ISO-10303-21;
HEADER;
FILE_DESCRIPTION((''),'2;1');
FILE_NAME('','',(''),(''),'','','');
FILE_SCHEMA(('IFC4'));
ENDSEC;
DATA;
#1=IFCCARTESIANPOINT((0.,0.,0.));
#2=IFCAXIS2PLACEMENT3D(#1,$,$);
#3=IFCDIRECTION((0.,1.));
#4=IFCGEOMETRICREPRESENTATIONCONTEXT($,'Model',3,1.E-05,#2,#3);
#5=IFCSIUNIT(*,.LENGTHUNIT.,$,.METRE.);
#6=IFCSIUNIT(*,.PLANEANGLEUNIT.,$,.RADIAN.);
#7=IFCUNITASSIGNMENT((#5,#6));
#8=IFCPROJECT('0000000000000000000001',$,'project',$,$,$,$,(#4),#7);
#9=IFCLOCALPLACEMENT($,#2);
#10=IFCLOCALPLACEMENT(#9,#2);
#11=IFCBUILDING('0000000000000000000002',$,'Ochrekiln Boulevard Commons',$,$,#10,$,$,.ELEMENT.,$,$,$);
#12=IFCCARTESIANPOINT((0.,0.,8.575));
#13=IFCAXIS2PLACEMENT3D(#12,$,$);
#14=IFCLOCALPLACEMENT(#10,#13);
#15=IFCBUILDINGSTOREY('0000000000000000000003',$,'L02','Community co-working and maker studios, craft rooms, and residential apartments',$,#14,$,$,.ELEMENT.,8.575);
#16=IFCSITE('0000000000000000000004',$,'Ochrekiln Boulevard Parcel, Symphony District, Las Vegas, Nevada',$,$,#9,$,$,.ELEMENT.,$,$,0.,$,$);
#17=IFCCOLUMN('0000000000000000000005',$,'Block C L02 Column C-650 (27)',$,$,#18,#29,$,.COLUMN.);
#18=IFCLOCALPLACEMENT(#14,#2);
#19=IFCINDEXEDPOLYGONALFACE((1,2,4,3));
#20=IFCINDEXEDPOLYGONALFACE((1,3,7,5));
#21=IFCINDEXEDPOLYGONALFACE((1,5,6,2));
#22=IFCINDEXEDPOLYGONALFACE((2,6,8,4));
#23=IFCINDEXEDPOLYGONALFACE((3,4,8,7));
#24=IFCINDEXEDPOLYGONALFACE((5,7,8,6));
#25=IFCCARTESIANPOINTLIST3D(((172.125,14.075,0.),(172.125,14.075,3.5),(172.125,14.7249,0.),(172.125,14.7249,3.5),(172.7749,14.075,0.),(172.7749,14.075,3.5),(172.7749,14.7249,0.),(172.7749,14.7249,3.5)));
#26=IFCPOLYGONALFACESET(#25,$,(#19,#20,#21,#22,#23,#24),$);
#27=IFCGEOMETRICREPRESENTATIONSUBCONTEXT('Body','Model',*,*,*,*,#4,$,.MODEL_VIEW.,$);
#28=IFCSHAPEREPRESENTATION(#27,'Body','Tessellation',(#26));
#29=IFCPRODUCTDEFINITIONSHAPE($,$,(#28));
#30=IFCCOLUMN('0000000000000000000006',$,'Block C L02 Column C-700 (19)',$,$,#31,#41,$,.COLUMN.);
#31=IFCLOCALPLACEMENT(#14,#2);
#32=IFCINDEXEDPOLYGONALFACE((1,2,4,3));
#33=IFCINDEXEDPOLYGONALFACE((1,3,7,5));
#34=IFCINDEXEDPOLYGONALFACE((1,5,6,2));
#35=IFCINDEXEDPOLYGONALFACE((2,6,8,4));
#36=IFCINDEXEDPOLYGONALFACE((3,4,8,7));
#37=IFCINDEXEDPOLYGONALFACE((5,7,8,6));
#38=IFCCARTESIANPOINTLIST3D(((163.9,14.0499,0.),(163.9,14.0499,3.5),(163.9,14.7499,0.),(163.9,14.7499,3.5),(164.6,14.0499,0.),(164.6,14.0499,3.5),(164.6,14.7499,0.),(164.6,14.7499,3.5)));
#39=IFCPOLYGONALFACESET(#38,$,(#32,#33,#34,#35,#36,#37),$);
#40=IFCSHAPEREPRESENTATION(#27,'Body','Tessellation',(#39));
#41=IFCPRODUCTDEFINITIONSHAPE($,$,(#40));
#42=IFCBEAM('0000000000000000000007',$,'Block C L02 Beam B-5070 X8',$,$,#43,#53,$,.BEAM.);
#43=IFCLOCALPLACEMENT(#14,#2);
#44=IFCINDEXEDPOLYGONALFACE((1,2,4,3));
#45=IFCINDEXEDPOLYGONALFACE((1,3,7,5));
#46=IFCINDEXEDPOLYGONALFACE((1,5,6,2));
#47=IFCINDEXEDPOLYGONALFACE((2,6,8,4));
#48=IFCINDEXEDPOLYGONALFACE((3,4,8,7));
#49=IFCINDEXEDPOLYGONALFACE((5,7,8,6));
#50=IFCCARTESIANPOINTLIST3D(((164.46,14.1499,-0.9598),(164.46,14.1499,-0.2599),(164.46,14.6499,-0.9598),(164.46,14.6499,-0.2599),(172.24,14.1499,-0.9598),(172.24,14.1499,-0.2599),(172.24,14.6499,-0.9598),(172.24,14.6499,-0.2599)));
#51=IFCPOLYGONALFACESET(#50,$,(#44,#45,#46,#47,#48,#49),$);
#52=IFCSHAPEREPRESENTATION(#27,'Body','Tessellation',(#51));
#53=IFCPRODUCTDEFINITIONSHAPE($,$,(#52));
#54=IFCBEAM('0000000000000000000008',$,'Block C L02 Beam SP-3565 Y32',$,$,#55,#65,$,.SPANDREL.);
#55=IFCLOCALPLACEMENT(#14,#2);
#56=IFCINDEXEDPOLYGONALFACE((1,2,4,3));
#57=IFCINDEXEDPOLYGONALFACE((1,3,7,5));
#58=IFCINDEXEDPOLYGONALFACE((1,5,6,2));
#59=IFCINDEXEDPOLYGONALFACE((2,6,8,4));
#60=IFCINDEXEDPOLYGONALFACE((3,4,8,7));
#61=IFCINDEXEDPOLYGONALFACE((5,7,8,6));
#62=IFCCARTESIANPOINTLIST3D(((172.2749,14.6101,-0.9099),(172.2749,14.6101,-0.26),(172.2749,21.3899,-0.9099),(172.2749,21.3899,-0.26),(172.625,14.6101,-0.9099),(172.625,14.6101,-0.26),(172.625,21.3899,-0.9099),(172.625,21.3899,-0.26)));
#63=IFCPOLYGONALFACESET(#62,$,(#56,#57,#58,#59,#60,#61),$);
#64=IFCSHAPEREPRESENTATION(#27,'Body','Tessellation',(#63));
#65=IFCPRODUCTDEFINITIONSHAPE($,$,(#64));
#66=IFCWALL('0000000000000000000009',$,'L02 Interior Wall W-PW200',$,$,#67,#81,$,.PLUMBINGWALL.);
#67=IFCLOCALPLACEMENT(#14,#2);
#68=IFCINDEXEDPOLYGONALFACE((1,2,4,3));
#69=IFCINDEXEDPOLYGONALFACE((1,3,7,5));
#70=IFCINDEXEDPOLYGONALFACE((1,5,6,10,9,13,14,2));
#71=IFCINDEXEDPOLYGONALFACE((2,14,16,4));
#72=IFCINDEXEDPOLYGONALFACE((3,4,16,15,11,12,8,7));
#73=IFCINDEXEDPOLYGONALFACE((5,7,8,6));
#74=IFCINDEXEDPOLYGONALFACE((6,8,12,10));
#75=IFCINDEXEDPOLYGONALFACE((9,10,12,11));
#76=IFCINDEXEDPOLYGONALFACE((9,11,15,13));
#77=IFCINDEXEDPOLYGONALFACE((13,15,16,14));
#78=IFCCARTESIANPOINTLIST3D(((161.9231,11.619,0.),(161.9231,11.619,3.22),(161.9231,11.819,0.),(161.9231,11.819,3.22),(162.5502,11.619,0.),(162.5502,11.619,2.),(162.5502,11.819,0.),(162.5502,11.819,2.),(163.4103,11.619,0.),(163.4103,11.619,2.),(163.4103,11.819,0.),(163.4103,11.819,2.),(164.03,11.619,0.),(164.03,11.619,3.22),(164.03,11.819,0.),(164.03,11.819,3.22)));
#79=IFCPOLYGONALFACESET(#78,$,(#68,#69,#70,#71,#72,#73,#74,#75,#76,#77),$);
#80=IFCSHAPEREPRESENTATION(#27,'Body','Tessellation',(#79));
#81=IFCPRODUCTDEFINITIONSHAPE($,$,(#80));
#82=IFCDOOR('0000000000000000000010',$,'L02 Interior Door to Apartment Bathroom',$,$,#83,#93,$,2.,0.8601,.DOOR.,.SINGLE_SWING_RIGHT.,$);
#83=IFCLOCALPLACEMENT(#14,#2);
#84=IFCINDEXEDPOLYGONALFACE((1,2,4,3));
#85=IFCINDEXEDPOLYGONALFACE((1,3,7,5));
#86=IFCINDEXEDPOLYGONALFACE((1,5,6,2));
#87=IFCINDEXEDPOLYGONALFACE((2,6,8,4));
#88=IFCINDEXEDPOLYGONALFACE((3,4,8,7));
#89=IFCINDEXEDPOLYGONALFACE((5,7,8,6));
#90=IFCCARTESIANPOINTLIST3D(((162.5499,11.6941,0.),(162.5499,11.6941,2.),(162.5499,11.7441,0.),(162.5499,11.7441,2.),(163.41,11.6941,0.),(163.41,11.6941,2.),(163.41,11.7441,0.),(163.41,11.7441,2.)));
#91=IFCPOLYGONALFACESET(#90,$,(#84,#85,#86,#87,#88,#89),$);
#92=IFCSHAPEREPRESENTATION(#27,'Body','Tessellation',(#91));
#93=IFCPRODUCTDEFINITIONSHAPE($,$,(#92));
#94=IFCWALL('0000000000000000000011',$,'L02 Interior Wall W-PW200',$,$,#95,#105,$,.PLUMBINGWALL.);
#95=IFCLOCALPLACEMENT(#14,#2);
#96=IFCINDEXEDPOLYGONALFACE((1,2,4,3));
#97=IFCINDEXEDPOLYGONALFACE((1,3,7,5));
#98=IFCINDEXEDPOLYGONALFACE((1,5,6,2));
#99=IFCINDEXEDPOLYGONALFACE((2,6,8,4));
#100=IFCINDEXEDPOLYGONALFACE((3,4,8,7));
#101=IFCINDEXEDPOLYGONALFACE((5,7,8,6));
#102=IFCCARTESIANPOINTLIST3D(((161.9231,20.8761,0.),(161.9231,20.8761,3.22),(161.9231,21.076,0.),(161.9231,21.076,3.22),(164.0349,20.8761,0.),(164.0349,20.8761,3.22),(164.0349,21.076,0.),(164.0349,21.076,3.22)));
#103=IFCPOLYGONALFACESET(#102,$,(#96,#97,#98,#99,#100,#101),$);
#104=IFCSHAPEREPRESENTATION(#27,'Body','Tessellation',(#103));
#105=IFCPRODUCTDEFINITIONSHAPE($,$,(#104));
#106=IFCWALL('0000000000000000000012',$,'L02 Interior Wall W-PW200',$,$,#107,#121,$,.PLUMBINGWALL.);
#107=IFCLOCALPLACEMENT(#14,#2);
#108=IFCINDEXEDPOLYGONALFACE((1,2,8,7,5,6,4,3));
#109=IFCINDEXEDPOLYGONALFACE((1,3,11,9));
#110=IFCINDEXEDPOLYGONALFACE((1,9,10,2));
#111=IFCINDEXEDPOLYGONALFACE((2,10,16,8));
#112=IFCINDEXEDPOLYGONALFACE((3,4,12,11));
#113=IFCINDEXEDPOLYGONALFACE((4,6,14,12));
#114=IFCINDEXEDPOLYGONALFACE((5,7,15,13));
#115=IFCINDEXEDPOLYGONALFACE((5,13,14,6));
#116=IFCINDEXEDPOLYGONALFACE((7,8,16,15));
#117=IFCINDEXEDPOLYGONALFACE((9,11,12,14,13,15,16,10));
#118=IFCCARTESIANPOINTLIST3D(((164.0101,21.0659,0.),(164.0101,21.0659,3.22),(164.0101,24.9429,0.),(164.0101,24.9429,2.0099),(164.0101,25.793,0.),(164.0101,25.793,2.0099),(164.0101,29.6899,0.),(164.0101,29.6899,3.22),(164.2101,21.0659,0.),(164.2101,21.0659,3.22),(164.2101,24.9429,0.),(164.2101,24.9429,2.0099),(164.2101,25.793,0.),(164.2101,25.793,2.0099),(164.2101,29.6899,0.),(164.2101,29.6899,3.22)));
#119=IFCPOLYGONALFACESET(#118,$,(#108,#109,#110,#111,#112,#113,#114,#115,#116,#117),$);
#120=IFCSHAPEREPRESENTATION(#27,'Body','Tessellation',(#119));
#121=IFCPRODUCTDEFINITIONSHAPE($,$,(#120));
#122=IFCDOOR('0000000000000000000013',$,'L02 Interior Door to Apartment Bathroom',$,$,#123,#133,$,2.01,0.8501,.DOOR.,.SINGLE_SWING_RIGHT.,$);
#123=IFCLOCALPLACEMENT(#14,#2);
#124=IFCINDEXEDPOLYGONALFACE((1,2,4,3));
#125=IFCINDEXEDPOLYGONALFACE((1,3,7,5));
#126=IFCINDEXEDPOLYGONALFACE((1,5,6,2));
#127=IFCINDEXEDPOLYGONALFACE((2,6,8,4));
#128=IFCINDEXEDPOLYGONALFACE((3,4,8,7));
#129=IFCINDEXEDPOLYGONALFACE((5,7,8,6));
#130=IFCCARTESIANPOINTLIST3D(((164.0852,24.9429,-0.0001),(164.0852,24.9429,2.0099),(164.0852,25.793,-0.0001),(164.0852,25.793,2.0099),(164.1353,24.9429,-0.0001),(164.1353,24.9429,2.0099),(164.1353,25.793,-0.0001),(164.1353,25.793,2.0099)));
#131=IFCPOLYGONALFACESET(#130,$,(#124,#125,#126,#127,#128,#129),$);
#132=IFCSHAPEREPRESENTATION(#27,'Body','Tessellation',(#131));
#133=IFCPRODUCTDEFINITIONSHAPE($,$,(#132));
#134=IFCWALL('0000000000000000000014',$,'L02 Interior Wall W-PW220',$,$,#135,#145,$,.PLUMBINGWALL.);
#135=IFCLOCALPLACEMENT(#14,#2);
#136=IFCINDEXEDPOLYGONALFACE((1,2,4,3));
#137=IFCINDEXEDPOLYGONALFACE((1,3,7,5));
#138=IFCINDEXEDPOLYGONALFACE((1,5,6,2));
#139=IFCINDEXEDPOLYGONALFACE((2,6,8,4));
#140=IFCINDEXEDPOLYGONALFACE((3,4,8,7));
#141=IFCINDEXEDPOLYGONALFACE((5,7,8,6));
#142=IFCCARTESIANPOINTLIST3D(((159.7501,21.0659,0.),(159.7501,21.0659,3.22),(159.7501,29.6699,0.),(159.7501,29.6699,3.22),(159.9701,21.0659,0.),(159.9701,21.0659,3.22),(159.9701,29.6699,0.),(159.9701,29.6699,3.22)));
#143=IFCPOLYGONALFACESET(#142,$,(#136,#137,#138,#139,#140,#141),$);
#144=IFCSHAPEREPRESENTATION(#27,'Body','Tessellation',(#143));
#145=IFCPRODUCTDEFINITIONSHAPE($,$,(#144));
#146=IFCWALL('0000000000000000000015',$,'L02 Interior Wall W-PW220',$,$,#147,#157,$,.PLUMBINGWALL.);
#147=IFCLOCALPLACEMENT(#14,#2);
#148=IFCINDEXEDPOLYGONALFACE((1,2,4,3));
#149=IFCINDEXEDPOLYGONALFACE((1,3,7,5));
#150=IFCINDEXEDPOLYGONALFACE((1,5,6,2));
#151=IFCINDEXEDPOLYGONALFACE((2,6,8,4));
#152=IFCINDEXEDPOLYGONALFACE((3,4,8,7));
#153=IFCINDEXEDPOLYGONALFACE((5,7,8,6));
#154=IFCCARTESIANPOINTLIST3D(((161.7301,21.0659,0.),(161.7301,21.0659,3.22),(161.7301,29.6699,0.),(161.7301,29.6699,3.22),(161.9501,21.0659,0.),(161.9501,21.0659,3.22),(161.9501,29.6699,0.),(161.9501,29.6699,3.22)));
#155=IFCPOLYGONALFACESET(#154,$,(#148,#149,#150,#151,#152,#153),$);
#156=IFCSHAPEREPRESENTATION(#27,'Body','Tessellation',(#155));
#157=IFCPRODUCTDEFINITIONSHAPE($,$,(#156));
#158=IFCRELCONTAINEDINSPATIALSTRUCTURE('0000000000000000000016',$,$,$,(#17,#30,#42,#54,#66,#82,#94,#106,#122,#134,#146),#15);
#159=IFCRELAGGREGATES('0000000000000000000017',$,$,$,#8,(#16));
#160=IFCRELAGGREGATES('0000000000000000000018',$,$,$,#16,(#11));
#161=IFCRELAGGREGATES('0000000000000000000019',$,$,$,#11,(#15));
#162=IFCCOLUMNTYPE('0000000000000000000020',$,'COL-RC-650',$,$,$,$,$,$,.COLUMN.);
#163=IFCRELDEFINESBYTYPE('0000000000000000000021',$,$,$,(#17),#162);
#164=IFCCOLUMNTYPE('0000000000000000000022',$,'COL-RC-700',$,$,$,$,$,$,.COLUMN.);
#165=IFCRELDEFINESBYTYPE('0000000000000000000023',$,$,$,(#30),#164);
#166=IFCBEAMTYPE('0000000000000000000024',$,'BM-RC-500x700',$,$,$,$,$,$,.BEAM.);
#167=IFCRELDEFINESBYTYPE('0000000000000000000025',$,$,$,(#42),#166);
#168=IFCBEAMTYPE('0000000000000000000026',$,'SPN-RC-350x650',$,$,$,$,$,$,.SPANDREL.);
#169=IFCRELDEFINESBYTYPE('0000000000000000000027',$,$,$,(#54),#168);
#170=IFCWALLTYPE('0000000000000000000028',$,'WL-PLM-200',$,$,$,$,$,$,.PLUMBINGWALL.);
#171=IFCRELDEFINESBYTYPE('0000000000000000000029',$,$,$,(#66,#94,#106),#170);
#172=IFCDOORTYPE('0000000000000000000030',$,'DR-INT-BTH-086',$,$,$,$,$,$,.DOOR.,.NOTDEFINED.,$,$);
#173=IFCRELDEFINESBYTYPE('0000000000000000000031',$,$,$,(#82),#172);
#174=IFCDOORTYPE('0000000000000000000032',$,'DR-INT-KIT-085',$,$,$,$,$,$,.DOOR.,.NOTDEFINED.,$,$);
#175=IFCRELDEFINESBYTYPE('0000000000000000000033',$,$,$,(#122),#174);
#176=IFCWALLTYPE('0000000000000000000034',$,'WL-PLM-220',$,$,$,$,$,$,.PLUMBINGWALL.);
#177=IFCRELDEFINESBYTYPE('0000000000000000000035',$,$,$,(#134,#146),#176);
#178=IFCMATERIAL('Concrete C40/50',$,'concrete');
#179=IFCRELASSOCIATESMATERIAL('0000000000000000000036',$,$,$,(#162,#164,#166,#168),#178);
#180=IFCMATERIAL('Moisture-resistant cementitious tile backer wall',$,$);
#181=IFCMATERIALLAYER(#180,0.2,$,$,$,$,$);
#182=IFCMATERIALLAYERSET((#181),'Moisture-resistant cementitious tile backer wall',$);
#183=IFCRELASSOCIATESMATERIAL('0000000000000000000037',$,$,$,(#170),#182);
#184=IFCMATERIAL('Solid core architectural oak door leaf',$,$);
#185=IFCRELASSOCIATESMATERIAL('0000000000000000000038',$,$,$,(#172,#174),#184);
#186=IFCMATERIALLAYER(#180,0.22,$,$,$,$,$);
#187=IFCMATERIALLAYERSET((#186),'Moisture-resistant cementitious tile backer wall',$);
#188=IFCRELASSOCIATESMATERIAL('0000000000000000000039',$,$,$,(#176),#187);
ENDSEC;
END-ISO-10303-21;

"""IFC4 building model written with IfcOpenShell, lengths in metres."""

from ifc_helpers import new_model, si_unit, direction, frame, frame_2d, origin, origin_2d, place, context, subcontext, project, spatial, rectangle, extrude, material, layer, layer_set, material_profile, profile_set, type_object, element, fill, save


model = new_model("IFC4")

# Units and contexts
model_context = context("Model", 3, precision=1e-05, world=origin(), true_north=direction((0.0, 1.0)))
body_context = subcontext(model_context, "Body", "Model", "MODEL_VIEW")
ifc_project = project(units=[si_unit("LENGTHUNIT", "METRE"), si_unit("PLANEANGLEUNIT", "RADIAN")], contexts=[model_context])

# Site, building, storey
site_placement = place(None, origin())
site = spatial("IfcSite", under=ifc_project, at=site_placement, Name="Ochrekiln Boulevard Parcel, Symphony District, Las Vegas, Nevada", CompositionType="ELEMENT", RefElevation=0.0)
building_placement = place(site_placement, origin())
building = spatial("IfcBuilding", under=site, at=building_placement, Name="Ochrekiln Boulevard Commons", CompositionType="ELEMENT")
storey_placement = place(building_placement, frame((0.0, 0.0, 8.575)))
storey = spatial("IfcBuildingStorey", under=building, at=storey_placement, Name="L02", Description="Community co-working and maker studios, craft rooms, and residential apartments", CompositionType="ELEMENT", Elevation=8.575)

# Columns
ifc_material_1 = material(Name="Concrete C40/50", Category="concrete")
ifc_material_profile_1 = material_profile(ifc_material_1, rectangle(XDim=0.6499, YDim=0.6499, at=origin_2d()), Name="RC-COL-650x650")
ifc_profile_set_1 = profile_set([ifc_material_profile_1], Name="Concrete C40/50")
column_type_1 = type_object("IfcColumnType", Name="COL-RC-650", PredefinedType="COLUMN", material=ifc_profile_set_1)
column_1_placement = place(storey_placement, frame((172.45, 14.3999, 0.0), z_axis=(0.0, 0.0, 1.0), x_axis=(1.0, 0.0, 0.0)))
element("IfcColumn", 1, at=column_1_placement, inside=storey, type_object=column_type_1, Name="Block C L02 Column C-650 (27)", PredefinedType="COLUMN", context=body_context, shape_type="SweptSolid", body=[
    extrude(rectangle(XDim=0.6499, YDim=0.6499, at=origin_2d()), origin(), (0.0, 0.0, 1.0), 3.5),
])
ifc_material_profile_2 = material_profile(ifc_material_1, rectangle(XDim=0.7, YDim=0.7, at=origin_2d()), Name="RC-COL-700x700")
ifc_profile_set_2 = profile_set([ifc_material_profile_2], Name="Concrete C40/50")
column_type_2 = type_object("IfcColumnType", Name="COL-RC-700", PredefinedType="COLUMN", material=ifc_profile_set_2)
column_2_placement = place(storey_placement, frame((164.25, 14.3999, 0.0), z_axis=(0.0, 0.0, 1.0), x_axis=(1.0, 0.0, 0.0)))
element("IfcColumn", 2, at=column_2_placement, inside=storey, type_object=column_type_2, Name="Block C L02 Column C-700 (19)", PredefinedType="COLUMN", context=body_context, shape_type="SweptSolid", body=[
    extrude(rectangle(XDim=0.7, YDim=0.7, at=origin_2d()), origin(), (0.0, 0.0, 1.0), 3.5),
])

# Beams
ifc_material_profile_3 = material_profile(ifc_material_1, rectangle(XDim=0.5, YDim=0.7, at=origin_2d()), Name="RC-BM-500x700")
ifc_profile_set_3 = profile_set([ifc_material_profile_3], Name="Concrete C40/50")
beam_type_1 = type_object("IfcBeamType", Name="BM-RC-500x700", PredefinedType="BEAM", material=ifc_profile_set_3)
beam_1_placement = place(storey_placement, frame((164.46, 14.3999, -0.6099), z_axis=(1.0, 0.0, 0.0), x_axis=(0.0, 1.0, 0.0)))
element("IfcBeam", 3, at=beam_1_placement, inside=storey, type_object=beam_type_1, Name="Block C L02 Beam B-5070 X8", PredefinedType="BEAM", context=body_context, shape_type="SweptSolid", body=[
    extrude(rectangle(XDim=0.5, YDim=0.7, at=origin_2d()), origin(), (0.0, 0.0, 1.0), 7.78),
])
ifc_material_profile_4 = material_profile(ifc_material_1, rectangle(XDim=0.3501, YDim=0.6499, at=origin_2d()), Name="RC-SPN-350x650")
ifc_profile_set_4 = profile_set([ifc_material_profile_4], Name="Concrete C40/50")
beam_type_2 = type_object("IfcBeamType", Name="SPN-RC-350x650", PredefinedType="SPANDREL", material=ifc_profile_set_4)
beam_2_placement = place(storey_placement, frame((172.45, 14.6101, -0.585), z_axis=(0.0, 1.0, 0.0), x_axis=(-1.0, 0.0, 0.0)))
element("IfcBeam", 4, at=beam_2_placement, inside=storey, type_object=beam_type_2, Name="Block C L02 Beam SP-3565 Y32", PredefinedType="SPANDREL", context=body_context, shape_type="SweptSolid", body=[
    extrude(rectangle(XDim=0.3501, YDim=0.6499, at=origin_2d()), origin(), (0.0, 0.0, 1.0), 6.7798),
])

# Wall, opening, door
ifc_material_2 = material(Name="Moisture-resistant cementitious tile backer wall")
ifc_layer_1 = layer(ifc_material_2, 0.2)
ifc_layer_set_1 = layer_set([ifc_layer_1], Name="Moisture-resistant cementitious tile backer wall")
wall_type_1 = type_object("IfcWallType", Name="WL-PLM-200", PredefinedType="PLUMBINGWALL", material=ifc_layer_set_1)
wall_1_placement = place(storey_placement, frame((161.9231, 11.719, 0.0), z_axis=(0.0, 0.0, 1.0), x_axis=(1.0, 0.0, 0.0)))
wall_1 = element("IfcWall", 5, at=wall_1_placement, inside=storey, type_object=wall_type_1, Name="L02 Interior Wall W-PW200", PredefinedType="PLUMBINGWALL", context=body_context, shape_type="SweptSolid", body=[
    extrude(rectangle(XDim=2.1069, YDim=0.2, at=frame_2d((1.0535, 0.0))), origin(), (0.0, 0.0, 1.0), 3.22),
])
opening_1_placement = place(wall_1_placement, frame((0.627, 0.0, 0.0)))
opening_1 = element("IfcOpeningElement", 6, at=opening_1_placement, cuts=wall_1, PredefinedType="OPENING", context=body_context, shape_type="SweptSolid", body=[
    extrude(rectangle(XDim=0.8601, YDim=2.0, at=frame_2d((0.4302, 1.0))), frame((0.0, 0.1099, 0.0), z_axis=(0.0, -1.0, 0.0), x_axis=(1.0, 0.0, 0.0)), (0.0, 0.0, 1.0), 0.22),
])
ifc_material_3 = material(Name="Solid core architectural oak door leaf")
door_type_1 = type_object("IfcDoorType", Name="DR-INT-BTH-086", OperationType="NOTDEFINED", PredefinedType="DOOR", material=ifc_material_3)
door_1_placement = place(opening_1_placement, frame((0.8601, 0.0, 0.0), z_axis=(0.0, 0.0, 1.0), x_axis=(-1.0, 0.0, 0.0)))
door_1 = element("IfcDoor", 7, at=door_1_placement, inside=storey, type_object=door_type_1, Name="L02 Interior Door to Apartment Bathroom", OperationType="SINGLE_SWING_RIGHT", OverallHeight=2.0, OverallWidth=0.8601, PredefinedType="DOOR", context=body_context, shape_type="SweptSolid", body=[
    extrude(rectangle(XDim=0.8601, YDim=2.0, at=frame_2d((0.4302, 1.0))), frame((0.0, 0.0249, 0.0), z_axis=(0.0, -1.0, 0.0), x_axis=(1.0, 0.0, 0.0)), (0.0, 0.0, 1.0), 0.05),
])
fill(opening_1, door_1)

# Wall
wall_2_placement = place(storey_placement, frame((161.9231, 20.9761, 0.0), z_axis=(0.0, 0.0, 1.0), x_axis=(1.0, 0.0, 0.0)))
element("IfcWall", 8, at=wall_2_placement, inside=storey, type_object=wall_type_1, Name="L02 Interior Wall W-PW200", PredefinedType="PLUMBINGWALL", context=body_context, shape_type="SweptSolid", body=[
    extrude(rectangle(XDim=2.1118, YDim=0.2, at=frame_2d((1.0559, 0.0))), origin(), (0.0, 0.0, 1.0), 3.22),
])

# Wall, opening, door
wall_3_placement = place(storey_placement, frame((164.1101, 21.0659, 0.0), z_axis=(0.0, 0.0, 1.0), x_axis=(0.0, 1.0, 0.0)))
wall_3 = element("IfcWall", 9, at=wall_3_placement, inside=storey, type_object=wall_type_1, Name="L02 Interior Wall W-PW200", PredefinedType="PLUMBINGWALL", context=body_context, shape_type="SweptSolid", body=[
    extrude(rectangle(XDim=8.624, YDim=0.2, at=frame_2d((4.312, 0.0))), origin(), (0.0, 0.0, 1.0), 3.22),
])
opening_2_placement = place(wall_3_placement, frame((3.877, 0.0, 0.0)))
opening_2 = element("IfcOpeningElement", 10, at=opening_2_placement, cuts=wall_3, PredefinedType="OPENING", context=body_context, shape_type="SweptSolid", body=[
    extrude(rectangle(XDim=0.8501, YDim=2.01, at=frame_2d((0.425, 1.0049))), frame((0.0, 0.1099, 0.0), z_axis=(0.0, -1.0, 0.0), x_axis=(1.0, 0.0, 0.0)), (0.0, 0.0, 1.0), 0.22),
])
door_type_2 = type_object("IfcDoorType", Name="DR-INT-KIT-085", OperationType="NOTDEFINED", PredefinedType="DOOR", material=ifc_material_3)
door_2_placement = place(opening_2_placement, origin())
door_2 = element("IfcDoor", 11, at=door_2_placement, inside=storey, type_object=door_type_2, Name="L02 Interior Door to Apartment Bathroom", OperationType="SINGLE_SWING_RIGHT", OverallHeight=2.01, OverallWidth=0.8501, PredefinedType="DOOR", context=body_context, shape_type="SweptSolid", body=[
    extrude(rectangle(XDim=0.8501, YDim=2.01, at=frame_2d((0.425, 1.0049))), frame((0.0, 0.0249, 0.0), z_axis=(0.0, -1.0, 0.0), x_axis=(1.0, 0.0, 0.0)), (0.0, 0.0, 1.0), 0.05),
])
fill(opening_2, door_2)

# Walls
ifc_layer_2 = layer(ifc_material_2, 0.22)
ifc_layer_set_2 = layer_set([ifc_layer_2], Name="Moisture-resistant cementitious tile backer wall")
wall_type_2 = type_object("IfcWallType", Name="WL-PLM-220", PredefinedType="PLUMBINGWALL", material=ifc_layer_set_2)
for number, where, z_axis, x_axis, name in (
    (12, (159.8601, 21.0659, 0.0), (0.0, 0.0, 1.0), (0.0, 1.0, 0.0), "L02 Interior Wall W-PW220"),
    (13, (161.8401, 21.0659, 0.0), (0.0, 0.0, 1.0), (0.0, 1.0, 0.0), "L02 Interior Wall W-PW220"),
):
    element("IfcWall", number, at=place(storey_placement, frame(where, z_axis=z_axis, x_axis=x_axis)), inside=storey, type_object=wall_type_2, Name=name, PredefinedType="PLUMBINGWALL", context=body_context, shape_type="SweptSolid", body=[
        extrude(rectangle(XDim=8.604, YDim=0.22, at=frame_2d((4.302, 0.0))), origin(), (0.0, 0.0, 1.0), 3.22),
    ])

save(model, "model.ifc")
